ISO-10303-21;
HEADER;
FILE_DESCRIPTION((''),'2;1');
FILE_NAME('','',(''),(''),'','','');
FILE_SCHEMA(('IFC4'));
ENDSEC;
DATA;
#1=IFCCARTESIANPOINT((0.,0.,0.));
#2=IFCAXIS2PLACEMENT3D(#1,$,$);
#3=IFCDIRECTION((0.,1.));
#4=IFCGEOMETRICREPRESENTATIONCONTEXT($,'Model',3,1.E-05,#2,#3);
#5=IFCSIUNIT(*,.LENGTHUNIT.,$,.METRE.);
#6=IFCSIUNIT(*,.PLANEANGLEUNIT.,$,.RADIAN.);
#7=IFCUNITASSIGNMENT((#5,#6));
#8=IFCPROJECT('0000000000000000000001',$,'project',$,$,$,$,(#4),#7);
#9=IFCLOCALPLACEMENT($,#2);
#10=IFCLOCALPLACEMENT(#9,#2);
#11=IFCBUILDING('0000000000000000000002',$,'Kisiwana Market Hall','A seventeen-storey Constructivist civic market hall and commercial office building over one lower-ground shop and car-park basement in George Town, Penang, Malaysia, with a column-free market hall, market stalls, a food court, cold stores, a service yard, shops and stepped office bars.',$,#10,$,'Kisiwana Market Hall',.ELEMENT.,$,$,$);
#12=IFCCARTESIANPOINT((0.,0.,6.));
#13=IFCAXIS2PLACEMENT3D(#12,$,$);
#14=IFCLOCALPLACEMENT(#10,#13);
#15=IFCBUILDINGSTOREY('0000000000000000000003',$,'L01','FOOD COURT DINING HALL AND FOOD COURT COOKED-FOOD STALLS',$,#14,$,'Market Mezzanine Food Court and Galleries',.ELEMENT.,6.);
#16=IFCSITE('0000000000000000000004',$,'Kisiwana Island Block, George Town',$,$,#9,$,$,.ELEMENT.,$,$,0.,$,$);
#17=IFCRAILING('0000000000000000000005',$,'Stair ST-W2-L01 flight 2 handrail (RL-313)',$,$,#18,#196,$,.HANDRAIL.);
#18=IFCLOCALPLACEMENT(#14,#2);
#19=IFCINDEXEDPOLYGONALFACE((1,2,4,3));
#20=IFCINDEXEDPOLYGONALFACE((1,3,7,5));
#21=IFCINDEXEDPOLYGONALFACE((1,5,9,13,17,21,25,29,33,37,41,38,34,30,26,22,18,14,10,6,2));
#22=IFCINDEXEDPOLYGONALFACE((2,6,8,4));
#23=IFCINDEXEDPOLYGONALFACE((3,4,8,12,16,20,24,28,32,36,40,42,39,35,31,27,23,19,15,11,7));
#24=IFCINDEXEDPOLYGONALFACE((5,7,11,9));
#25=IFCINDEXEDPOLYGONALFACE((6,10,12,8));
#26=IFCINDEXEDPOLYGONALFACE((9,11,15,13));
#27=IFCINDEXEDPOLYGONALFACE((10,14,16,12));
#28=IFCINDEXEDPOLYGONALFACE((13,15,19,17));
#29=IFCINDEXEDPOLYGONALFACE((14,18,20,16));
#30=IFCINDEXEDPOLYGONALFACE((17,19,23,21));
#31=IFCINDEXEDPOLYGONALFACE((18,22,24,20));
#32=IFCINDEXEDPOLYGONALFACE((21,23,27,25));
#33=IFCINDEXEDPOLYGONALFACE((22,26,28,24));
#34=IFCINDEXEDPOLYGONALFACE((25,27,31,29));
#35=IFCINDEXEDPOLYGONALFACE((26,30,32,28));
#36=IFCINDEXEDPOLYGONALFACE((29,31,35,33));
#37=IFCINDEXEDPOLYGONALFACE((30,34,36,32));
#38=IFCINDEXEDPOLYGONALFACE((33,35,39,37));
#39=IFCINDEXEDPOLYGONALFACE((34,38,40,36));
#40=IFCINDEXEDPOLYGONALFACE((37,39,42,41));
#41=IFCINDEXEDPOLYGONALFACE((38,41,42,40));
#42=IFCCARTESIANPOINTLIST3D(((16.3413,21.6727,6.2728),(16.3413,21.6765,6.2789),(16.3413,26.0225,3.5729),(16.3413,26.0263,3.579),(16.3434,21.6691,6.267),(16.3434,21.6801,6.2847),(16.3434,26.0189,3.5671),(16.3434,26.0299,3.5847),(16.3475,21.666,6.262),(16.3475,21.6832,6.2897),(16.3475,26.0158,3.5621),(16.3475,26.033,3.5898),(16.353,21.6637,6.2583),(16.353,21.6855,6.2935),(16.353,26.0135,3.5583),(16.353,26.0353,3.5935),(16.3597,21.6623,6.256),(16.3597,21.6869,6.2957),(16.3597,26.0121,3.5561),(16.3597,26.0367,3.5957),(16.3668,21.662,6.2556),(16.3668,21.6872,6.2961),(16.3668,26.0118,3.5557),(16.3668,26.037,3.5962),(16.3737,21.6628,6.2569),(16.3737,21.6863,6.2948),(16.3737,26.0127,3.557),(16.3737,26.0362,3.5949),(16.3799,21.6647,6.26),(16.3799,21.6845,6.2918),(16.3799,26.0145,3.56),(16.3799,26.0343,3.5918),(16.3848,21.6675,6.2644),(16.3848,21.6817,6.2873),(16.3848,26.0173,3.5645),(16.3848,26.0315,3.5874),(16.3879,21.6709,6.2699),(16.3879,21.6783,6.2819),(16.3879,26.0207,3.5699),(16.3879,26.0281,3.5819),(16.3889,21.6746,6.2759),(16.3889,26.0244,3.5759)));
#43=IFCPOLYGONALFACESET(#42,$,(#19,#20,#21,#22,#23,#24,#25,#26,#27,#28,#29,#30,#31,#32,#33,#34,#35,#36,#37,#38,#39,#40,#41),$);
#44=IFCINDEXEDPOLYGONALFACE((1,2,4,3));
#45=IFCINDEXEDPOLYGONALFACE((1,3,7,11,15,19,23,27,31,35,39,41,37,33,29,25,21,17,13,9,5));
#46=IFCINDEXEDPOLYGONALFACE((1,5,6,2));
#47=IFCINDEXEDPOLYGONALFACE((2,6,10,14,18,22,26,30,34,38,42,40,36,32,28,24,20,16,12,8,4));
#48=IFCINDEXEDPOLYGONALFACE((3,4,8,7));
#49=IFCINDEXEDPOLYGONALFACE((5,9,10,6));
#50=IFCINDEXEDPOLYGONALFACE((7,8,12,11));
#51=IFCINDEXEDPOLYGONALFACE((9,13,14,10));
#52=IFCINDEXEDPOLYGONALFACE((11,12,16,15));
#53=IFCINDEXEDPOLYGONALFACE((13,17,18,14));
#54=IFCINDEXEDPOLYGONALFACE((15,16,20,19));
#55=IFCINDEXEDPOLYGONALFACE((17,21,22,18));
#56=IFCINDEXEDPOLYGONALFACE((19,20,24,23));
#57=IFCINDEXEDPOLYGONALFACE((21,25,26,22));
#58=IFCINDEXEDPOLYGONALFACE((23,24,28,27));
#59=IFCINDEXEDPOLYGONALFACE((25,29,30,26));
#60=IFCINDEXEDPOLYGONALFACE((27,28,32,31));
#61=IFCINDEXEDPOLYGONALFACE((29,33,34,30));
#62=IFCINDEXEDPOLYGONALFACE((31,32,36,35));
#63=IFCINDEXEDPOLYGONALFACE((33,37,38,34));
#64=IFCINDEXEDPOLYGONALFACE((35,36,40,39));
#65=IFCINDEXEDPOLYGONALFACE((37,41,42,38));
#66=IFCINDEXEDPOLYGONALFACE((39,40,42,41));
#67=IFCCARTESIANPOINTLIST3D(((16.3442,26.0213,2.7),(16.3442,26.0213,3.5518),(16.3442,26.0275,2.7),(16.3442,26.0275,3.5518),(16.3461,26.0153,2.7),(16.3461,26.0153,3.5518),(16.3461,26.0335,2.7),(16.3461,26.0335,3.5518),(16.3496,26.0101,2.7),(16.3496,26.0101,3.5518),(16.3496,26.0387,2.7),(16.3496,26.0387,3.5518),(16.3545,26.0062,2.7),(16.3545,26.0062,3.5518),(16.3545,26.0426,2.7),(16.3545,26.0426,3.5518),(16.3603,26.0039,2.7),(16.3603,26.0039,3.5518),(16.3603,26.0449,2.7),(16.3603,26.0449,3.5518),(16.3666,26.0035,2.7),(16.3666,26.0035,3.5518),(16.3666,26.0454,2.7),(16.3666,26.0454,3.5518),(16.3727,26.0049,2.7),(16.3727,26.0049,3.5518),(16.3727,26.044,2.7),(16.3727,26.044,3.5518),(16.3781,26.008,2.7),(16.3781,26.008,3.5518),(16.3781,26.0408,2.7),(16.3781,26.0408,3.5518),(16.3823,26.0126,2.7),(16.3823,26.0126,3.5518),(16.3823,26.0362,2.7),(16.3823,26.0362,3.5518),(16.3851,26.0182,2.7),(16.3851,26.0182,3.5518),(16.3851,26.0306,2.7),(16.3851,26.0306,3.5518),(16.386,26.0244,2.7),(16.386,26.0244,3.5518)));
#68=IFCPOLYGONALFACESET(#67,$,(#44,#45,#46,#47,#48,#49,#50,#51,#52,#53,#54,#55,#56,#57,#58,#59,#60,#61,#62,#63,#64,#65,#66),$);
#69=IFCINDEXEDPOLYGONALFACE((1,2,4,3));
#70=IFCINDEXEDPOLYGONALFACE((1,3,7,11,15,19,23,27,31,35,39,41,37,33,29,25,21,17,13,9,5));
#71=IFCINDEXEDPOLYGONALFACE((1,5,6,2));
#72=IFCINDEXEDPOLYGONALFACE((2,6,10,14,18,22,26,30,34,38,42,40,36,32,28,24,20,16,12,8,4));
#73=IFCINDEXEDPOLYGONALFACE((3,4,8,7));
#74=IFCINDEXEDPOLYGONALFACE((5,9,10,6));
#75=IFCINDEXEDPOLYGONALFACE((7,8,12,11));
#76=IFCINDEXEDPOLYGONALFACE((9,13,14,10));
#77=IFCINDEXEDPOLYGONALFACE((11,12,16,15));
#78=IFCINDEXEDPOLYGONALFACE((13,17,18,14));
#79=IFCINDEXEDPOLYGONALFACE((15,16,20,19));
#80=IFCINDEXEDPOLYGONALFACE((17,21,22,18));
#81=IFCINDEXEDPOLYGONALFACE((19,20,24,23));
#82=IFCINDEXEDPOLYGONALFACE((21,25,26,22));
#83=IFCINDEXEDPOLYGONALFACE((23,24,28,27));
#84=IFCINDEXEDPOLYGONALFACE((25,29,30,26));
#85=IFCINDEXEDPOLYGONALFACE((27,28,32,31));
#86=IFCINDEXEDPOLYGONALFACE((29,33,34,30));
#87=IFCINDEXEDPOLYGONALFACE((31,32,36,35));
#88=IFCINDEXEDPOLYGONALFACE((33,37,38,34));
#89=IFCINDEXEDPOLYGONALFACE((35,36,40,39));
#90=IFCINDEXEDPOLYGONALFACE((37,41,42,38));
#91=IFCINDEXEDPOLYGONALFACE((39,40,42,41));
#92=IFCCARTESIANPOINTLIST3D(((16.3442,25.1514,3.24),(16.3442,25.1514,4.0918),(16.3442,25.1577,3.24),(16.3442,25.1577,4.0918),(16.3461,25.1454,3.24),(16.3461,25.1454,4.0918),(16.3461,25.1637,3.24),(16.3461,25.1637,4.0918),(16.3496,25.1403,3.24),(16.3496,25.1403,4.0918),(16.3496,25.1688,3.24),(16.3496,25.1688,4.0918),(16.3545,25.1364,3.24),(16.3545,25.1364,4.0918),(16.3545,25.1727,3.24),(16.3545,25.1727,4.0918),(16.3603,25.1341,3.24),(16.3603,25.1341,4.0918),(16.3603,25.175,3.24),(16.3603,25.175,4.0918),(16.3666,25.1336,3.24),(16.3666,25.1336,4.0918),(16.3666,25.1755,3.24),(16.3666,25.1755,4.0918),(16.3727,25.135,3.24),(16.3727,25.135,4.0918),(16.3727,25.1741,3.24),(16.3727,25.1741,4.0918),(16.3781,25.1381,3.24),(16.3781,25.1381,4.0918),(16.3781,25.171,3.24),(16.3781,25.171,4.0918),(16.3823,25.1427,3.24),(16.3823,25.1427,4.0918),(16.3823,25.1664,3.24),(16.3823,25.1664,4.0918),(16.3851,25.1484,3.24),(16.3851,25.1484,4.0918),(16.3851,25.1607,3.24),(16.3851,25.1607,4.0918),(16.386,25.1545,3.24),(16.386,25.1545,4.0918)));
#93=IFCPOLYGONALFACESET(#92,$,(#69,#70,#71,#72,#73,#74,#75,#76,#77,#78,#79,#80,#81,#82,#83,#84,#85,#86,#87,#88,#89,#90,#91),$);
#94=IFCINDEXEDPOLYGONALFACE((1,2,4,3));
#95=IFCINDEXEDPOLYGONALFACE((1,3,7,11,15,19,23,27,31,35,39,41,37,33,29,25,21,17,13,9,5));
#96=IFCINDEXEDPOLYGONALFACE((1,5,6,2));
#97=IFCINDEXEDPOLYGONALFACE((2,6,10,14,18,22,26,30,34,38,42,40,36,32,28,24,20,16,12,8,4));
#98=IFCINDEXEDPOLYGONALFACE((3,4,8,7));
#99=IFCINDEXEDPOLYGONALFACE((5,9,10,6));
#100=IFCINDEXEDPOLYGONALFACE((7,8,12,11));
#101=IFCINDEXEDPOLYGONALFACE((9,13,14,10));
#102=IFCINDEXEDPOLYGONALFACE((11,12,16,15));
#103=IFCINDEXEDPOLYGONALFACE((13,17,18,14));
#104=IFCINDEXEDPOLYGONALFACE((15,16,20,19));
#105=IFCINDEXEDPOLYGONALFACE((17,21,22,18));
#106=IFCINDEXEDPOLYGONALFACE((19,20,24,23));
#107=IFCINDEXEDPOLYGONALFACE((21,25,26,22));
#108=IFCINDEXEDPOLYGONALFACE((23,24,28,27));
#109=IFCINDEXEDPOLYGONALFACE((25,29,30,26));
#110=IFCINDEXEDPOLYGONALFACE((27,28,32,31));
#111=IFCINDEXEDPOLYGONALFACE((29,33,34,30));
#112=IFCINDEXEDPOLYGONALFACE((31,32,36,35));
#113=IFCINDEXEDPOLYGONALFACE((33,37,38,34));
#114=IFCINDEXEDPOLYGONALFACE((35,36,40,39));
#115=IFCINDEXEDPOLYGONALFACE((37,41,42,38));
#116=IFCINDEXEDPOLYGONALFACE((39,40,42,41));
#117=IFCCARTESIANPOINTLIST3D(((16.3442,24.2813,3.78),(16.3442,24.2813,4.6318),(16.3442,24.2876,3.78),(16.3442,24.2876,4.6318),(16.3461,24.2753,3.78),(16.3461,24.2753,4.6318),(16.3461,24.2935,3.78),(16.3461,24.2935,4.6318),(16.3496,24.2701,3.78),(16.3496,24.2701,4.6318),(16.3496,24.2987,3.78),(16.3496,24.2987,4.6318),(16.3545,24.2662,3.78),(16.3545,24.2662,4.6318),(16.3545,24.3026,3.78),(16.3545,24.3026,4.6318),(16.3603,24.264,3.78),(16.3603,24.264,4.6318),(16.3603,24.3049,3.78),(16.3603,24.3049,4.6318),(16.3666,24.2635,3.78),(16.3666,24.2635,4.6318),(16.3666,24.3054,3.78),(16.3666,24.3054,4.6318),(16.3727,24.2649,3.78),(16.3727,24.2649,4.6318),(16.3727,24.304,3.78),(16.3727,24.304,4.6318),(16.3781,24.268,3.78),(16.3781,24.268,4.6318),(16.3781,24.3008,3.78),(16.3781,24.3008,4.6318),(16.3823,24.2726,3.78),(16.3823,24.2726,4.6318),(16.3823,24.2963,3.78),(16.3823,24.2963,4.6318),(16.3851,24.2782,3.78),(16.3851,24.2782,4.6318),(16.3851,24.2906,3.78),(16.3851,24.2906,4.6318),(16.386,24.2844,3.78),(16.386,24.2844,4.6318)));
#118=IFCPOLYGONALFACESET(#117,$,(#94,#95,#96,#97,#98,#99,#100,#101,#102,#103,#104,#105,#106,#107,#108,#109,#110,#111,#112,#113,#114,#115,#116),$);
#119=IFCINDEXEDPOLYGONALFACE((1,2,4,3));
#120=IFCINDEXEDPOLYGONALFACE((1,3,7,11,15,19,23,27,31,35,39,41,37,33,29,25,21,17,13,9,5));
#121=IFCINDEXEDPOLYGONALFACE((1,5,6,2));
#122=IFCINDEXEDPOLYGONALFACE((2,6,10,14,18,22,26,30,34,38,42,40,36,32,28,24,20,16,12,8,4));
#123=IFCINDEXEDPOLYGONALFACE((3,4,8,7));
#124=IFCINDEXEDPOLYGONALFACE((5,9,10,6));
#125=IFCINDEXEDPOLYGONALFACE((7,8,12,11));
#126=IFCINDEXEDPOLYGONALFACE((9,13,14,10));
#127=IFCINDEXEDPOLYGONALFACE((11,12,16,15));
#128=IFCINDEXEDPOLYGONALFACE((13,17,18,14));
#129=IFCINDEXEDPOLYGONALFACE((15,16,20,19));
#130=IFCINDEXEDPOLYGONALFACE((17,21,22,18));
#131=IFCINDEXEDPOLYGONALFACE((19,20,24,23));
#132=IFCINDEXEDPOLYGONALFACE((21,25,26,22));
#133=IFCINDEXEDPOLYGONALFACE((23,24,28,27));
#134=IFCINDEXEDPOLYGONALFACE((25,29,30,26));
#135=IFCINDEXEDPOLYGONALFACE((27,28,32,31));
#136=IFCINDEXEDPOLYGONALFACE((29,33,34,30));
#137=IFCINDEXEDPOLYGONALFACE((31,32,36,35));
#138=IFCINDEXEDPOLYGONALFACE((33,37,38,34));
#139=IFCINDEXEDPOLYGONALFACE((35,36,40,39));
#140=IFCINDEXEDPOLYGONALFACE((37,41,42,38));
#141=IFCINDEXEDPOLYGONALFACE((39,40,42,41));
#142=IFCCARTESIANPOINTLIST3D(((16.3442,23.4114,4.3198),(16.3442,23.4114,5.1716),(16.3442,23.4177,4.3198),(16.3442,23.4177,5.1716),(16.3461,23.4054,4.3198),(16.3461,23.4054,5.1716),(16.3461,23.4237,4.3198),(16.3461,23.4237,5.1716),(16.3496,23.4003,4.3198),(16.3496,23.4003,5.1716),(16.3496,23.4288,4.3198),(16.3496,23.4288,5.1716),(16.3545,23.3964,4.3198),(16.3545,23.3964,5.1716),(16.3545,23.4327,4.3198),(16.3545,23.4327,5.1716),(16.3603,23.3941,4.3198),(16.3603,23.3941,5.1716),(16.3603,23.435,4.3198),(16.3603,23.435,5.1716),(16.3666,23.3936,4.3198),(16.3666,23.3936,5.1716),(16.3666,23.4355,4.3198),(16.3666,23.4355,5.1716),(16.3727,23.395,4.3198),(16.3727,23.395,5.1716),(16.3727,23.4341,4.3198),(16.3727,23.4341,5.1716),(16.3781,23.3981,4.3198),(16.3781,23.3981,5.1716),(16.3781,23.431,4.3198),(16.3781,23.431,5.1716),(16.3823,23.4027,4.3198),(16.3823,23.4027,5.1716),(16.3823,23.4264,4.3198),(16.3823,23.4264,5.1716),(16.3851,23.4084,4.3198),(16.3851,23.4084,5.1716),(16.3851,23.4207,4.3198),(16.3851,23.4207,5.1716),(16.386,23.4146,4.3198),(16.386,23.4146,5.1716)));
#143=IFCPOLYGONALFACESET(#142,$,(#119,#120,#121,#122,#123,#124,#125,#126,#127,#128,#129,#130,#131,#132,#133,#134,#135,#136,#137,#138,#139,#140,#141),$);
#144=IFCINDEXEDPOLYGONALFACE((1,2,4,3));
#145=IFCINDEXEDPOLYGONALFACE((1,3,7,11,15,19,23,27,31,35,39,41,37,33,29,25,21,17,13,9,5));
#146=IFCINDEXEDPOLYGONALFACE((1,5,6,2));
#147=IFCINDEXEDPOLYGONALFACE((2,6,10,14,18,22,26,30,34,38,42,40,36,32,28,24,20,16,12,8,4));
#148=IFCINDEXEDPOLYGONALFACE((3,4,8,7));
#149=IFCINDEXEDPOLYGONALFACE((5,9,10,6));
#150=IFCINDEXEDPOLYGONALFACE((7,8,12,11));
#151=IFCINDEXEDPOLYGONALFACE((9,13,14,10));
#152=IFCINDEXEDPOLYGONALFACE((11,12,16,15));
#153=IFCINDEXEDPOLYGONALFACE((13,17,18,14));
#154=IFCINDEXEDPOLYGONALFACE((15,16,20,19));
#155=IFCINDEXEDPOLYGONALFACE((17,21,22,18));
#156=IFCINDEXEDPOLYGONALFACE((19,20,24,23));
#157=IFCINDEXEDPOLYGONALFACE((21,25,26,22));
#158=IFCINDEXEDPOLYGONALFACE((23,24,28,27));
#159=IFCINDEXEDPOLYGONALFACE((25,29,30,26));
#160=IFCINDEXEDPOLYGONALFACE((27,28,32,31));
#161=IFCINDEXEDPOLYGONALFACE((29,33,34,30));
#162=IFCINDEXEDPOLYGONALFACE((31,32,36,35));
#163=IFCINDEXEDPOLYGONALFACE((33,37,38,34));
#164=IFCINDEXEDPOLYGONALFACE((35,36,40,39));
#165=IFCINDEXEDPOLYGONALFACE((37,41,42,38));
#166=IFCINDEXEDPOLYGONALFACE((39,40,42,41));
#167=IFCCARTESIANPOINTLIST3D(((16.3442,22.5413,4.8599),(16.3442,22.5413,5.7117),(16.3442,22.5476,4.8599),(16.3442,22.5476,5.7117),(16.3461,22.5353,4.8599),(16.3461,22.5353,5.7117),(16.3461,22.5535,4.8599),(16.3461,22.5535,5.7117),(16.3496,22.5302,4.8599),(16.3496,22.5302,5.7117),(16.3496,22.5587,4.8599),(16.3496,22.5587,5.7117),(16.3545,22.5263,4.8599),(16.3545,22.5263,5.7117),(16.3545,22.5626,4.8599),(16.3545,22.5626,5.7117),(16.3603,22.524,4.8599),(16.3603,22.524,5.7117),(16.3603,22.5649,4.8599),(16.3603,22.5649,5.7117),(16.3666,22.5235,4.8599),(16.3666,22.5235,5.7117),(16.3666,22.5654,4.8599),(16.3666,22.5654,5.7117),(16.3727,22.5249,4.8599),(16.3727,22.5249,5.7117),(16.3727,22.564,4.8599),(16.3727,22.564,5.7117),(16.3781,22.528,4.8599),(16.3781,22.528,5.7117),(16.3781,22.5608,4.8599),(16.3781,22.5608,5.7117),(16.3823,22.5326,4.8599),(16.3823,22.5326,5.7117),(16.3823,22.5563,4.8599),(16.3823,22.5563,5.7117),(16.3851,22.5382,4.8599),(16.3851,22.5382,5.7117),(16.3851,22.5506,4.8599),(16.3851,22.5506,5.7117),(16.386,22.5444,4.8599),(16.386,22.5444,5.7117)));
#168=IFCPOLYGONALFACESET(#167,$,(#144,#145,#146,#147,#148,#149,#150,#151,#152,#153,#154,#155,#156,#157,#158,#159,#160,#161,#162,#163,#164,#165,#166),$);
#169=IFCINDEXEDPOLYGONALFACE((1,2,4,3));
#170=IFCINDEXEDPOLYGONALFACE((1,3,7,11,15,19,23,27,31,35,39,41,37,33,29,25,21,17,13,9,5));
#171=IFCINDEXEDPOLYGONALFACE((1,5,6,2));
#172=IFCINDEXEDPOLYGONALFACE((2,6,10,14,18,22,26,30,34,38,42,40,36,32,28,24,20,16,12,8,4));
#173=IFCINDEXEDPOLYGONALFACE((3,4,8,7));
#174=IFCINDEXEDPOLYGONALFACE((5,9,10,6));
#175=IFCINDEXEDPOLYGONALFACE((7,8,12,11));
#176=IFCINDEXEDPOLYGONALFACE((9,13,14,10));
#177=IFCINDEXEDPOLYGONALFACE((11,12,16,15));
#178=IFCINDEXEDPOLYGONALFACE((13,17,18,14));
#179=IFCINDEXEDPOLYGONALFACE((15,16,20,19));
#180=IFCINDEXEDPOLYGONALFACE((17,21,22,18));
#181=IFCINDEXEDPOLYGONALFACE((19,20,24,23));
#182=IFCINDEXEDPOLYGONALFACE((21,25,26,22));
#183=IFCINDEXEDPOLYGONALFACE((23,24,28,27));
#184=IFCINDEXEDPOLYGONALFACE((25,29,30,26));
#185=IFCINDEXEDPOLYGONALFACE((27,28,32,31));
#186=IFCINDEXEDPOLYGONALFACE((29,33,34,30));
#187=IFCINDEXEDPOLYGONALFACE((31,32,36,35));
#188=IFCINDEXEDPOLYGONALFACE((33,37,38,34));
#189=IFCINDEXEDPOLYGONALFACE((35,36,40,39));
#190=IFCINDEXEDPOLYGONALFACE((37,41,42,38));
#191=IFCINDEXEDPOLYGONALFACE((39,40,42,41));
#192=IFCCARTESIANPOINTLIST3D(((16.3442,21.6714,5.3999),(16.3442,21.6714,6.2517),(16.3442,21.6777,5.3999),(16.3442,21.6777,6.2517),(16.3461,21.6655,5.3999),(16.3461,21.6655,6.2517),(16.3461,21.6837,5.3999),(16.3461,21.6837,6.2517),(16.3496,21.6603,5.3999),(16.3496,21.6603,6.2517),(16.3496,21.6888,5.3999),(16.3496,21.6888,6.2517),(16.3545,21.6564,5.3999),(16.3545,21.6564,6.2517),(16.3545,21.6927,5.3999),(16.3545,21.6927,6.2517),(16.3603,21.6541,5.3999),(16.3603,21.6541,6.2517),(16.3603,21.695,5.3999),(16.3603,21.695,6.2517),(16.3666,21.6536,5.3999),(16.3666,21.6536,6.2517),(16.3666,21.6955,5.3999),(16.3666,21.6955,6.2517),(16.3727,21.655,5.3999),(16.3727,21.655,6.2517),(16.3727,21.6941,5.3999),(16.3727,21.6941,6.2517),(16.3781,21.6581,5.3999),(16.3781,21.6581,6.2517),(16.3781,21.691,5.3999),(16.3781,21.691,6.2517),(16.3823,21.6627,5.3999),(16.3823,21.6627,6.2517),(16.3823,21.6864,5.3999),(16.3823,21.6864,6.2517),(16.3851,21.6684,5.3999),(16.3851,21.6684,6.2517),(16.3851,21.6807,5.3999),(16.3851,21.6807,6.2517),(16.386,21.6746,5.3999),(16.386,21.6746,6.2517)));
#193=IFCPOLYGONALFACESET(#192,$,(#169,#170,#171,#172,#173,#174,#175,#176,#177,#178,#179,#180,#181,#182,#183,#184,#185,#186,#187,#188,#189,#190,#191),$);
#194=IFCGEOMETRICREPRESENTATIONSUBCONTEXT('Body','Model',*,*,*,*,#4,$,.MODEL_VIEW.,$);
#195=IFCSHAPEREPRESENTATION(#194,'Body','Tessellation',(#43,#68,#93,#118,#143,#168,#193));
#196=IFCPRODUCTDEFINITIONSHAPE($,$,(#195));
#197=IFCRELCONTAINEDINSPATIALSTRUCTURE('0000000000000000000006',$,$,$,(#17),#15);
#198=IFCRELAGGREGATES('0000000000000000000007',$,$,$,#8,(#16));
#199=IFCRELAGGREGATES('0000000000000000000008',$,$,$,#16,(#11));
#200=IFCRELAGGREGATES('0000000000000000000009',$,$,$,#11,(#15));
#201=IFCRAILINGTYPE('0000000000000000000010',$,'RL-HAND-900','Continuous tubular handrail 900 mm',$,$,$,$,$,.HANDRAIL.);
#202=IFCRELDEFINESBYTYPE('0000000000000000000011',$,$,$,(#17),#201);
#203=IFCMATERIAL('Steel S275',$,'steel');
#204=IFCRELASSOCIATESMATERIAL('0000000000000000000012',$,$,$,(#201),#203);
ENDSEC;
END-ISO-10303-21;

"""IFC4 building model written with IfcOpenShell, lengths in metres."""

from ifc_helpers import new_model, si_unit, direction, frame, origin, origin_2d, place, context, subcontext, project, spatial, circle, extrude, material, type_object, element, save


model = new_model("IFC4")

# Units and contexts
model_context = context("Model", 3, precision=1e-05, world=origin(), true_north=direction((0.0, 1.0)))
body_context = subcontext(model_context, "Body", "Model", "MODEL_VIEW")
ifc_project = project(units=[si_unit("LENGTHUNIT", "METRE"), si_unit("PLANEANGLEUNIT", "RADIAN")], contexts=[model_context])

# Site, building, storey
site_placement = place(None, origin())
site = spatial("IfcSite", under=ifc_project, at=site_placement, Name="Kisiwana Island Block, George Town", CompositionType="ELEMENT", RefElevation=0.0)
building_placement = place(site_placement, origin())
building = spatial("IfcBuilding", under=site, at=building_placement, Name="Kisiwana Market Hall", Description="A seventeen-storey Constructivist civic market hall and commercial office building over one lower-ground shop and car-park basement in George Town, Penang, Malaysia, with a column-free market hall, market stalls, a food court, cold stores, a service yard, shops and stepped office bars.", LongName="Kisiwana Market Hall", CompositionType="ELEMENT")
storey_placement = place(building_placement, frame((0.0, 0.0, 6.0)))
storey = spatial("IfcBuildingStorey", under=building, at=storey_placement, Name="L01", Description="FOOD COURT DINING HALL AND FOOD COURT COOKED-FOOD STALLS", LongName="Market Mezzanine Food Court and Galleries", CompositionType="ELEMENT", Elevation=6.0)

# Railing
ifc_material_1 = material(Name="Steel S275", Category="steel")
railing_type_1 = type_object("IfcRailingType", Name="RL-HAND-900", Description="Continuous tubular handrail 900 mm", PredefinedType="HANDRAIL", material=ifc_material_1)
railing_1_placement = place(storey_placement, frame((16.365, 26.0244, 2.7)))
element("IfcRailing", 1, at=railing_1_placement, inside=storey, type_object=railing_type_1, Name="Stair ST-W2-L01 flight 2 handrail (RL-313)", PredefinedType="HANDRAIL", context=body_context, shape_type="SweptSolid", body=[
    extrude(circle(Radius=0.0239, at=origin_2d()), frame((0.0, 0.0, 0.876), z_axis=(0.0, -0.849636, 0.527369), x_axis=(1.0, 0.0, 0.0)), (0.0, 0.0, 1.0), 5.1196),
    extrude(circle(Radius=0.021, at=origin_2d()), origin(), (0.0, 0.0, 1.0), 0.8518),
    extrude(circle(Radius=0.021, at=origin_2d()), frame((0.0, -0.8699, 0.54)), (0.0, 0.0, 1.0), 0.8518),
    extrude(circle(Radius=0.021, at=origin_2d()), frame((0.0, -1.74, 1.0801)), (0.0, 0.0, 1.0), 0.8518),
    extrude(circle(Radius=0.021, at=origin_2d()), frame((0.0, -2.6099, 1.6199)), (0.0, 0.0, 1.0), 0.8518),
    extrude(circle(Radius=0.021, at=origin_2d()), frame((0.0, -3.48, 2.1599)), (0.0, 0.0, 1.0), 0.8518),
    extrude(circle(Radius=0.021, at=origin_2d()), frame((0.0, -4.3499, 2.7)), (0.0, 0.0, 1.0), 0.8518),
])

save(model, "model.ifc")
